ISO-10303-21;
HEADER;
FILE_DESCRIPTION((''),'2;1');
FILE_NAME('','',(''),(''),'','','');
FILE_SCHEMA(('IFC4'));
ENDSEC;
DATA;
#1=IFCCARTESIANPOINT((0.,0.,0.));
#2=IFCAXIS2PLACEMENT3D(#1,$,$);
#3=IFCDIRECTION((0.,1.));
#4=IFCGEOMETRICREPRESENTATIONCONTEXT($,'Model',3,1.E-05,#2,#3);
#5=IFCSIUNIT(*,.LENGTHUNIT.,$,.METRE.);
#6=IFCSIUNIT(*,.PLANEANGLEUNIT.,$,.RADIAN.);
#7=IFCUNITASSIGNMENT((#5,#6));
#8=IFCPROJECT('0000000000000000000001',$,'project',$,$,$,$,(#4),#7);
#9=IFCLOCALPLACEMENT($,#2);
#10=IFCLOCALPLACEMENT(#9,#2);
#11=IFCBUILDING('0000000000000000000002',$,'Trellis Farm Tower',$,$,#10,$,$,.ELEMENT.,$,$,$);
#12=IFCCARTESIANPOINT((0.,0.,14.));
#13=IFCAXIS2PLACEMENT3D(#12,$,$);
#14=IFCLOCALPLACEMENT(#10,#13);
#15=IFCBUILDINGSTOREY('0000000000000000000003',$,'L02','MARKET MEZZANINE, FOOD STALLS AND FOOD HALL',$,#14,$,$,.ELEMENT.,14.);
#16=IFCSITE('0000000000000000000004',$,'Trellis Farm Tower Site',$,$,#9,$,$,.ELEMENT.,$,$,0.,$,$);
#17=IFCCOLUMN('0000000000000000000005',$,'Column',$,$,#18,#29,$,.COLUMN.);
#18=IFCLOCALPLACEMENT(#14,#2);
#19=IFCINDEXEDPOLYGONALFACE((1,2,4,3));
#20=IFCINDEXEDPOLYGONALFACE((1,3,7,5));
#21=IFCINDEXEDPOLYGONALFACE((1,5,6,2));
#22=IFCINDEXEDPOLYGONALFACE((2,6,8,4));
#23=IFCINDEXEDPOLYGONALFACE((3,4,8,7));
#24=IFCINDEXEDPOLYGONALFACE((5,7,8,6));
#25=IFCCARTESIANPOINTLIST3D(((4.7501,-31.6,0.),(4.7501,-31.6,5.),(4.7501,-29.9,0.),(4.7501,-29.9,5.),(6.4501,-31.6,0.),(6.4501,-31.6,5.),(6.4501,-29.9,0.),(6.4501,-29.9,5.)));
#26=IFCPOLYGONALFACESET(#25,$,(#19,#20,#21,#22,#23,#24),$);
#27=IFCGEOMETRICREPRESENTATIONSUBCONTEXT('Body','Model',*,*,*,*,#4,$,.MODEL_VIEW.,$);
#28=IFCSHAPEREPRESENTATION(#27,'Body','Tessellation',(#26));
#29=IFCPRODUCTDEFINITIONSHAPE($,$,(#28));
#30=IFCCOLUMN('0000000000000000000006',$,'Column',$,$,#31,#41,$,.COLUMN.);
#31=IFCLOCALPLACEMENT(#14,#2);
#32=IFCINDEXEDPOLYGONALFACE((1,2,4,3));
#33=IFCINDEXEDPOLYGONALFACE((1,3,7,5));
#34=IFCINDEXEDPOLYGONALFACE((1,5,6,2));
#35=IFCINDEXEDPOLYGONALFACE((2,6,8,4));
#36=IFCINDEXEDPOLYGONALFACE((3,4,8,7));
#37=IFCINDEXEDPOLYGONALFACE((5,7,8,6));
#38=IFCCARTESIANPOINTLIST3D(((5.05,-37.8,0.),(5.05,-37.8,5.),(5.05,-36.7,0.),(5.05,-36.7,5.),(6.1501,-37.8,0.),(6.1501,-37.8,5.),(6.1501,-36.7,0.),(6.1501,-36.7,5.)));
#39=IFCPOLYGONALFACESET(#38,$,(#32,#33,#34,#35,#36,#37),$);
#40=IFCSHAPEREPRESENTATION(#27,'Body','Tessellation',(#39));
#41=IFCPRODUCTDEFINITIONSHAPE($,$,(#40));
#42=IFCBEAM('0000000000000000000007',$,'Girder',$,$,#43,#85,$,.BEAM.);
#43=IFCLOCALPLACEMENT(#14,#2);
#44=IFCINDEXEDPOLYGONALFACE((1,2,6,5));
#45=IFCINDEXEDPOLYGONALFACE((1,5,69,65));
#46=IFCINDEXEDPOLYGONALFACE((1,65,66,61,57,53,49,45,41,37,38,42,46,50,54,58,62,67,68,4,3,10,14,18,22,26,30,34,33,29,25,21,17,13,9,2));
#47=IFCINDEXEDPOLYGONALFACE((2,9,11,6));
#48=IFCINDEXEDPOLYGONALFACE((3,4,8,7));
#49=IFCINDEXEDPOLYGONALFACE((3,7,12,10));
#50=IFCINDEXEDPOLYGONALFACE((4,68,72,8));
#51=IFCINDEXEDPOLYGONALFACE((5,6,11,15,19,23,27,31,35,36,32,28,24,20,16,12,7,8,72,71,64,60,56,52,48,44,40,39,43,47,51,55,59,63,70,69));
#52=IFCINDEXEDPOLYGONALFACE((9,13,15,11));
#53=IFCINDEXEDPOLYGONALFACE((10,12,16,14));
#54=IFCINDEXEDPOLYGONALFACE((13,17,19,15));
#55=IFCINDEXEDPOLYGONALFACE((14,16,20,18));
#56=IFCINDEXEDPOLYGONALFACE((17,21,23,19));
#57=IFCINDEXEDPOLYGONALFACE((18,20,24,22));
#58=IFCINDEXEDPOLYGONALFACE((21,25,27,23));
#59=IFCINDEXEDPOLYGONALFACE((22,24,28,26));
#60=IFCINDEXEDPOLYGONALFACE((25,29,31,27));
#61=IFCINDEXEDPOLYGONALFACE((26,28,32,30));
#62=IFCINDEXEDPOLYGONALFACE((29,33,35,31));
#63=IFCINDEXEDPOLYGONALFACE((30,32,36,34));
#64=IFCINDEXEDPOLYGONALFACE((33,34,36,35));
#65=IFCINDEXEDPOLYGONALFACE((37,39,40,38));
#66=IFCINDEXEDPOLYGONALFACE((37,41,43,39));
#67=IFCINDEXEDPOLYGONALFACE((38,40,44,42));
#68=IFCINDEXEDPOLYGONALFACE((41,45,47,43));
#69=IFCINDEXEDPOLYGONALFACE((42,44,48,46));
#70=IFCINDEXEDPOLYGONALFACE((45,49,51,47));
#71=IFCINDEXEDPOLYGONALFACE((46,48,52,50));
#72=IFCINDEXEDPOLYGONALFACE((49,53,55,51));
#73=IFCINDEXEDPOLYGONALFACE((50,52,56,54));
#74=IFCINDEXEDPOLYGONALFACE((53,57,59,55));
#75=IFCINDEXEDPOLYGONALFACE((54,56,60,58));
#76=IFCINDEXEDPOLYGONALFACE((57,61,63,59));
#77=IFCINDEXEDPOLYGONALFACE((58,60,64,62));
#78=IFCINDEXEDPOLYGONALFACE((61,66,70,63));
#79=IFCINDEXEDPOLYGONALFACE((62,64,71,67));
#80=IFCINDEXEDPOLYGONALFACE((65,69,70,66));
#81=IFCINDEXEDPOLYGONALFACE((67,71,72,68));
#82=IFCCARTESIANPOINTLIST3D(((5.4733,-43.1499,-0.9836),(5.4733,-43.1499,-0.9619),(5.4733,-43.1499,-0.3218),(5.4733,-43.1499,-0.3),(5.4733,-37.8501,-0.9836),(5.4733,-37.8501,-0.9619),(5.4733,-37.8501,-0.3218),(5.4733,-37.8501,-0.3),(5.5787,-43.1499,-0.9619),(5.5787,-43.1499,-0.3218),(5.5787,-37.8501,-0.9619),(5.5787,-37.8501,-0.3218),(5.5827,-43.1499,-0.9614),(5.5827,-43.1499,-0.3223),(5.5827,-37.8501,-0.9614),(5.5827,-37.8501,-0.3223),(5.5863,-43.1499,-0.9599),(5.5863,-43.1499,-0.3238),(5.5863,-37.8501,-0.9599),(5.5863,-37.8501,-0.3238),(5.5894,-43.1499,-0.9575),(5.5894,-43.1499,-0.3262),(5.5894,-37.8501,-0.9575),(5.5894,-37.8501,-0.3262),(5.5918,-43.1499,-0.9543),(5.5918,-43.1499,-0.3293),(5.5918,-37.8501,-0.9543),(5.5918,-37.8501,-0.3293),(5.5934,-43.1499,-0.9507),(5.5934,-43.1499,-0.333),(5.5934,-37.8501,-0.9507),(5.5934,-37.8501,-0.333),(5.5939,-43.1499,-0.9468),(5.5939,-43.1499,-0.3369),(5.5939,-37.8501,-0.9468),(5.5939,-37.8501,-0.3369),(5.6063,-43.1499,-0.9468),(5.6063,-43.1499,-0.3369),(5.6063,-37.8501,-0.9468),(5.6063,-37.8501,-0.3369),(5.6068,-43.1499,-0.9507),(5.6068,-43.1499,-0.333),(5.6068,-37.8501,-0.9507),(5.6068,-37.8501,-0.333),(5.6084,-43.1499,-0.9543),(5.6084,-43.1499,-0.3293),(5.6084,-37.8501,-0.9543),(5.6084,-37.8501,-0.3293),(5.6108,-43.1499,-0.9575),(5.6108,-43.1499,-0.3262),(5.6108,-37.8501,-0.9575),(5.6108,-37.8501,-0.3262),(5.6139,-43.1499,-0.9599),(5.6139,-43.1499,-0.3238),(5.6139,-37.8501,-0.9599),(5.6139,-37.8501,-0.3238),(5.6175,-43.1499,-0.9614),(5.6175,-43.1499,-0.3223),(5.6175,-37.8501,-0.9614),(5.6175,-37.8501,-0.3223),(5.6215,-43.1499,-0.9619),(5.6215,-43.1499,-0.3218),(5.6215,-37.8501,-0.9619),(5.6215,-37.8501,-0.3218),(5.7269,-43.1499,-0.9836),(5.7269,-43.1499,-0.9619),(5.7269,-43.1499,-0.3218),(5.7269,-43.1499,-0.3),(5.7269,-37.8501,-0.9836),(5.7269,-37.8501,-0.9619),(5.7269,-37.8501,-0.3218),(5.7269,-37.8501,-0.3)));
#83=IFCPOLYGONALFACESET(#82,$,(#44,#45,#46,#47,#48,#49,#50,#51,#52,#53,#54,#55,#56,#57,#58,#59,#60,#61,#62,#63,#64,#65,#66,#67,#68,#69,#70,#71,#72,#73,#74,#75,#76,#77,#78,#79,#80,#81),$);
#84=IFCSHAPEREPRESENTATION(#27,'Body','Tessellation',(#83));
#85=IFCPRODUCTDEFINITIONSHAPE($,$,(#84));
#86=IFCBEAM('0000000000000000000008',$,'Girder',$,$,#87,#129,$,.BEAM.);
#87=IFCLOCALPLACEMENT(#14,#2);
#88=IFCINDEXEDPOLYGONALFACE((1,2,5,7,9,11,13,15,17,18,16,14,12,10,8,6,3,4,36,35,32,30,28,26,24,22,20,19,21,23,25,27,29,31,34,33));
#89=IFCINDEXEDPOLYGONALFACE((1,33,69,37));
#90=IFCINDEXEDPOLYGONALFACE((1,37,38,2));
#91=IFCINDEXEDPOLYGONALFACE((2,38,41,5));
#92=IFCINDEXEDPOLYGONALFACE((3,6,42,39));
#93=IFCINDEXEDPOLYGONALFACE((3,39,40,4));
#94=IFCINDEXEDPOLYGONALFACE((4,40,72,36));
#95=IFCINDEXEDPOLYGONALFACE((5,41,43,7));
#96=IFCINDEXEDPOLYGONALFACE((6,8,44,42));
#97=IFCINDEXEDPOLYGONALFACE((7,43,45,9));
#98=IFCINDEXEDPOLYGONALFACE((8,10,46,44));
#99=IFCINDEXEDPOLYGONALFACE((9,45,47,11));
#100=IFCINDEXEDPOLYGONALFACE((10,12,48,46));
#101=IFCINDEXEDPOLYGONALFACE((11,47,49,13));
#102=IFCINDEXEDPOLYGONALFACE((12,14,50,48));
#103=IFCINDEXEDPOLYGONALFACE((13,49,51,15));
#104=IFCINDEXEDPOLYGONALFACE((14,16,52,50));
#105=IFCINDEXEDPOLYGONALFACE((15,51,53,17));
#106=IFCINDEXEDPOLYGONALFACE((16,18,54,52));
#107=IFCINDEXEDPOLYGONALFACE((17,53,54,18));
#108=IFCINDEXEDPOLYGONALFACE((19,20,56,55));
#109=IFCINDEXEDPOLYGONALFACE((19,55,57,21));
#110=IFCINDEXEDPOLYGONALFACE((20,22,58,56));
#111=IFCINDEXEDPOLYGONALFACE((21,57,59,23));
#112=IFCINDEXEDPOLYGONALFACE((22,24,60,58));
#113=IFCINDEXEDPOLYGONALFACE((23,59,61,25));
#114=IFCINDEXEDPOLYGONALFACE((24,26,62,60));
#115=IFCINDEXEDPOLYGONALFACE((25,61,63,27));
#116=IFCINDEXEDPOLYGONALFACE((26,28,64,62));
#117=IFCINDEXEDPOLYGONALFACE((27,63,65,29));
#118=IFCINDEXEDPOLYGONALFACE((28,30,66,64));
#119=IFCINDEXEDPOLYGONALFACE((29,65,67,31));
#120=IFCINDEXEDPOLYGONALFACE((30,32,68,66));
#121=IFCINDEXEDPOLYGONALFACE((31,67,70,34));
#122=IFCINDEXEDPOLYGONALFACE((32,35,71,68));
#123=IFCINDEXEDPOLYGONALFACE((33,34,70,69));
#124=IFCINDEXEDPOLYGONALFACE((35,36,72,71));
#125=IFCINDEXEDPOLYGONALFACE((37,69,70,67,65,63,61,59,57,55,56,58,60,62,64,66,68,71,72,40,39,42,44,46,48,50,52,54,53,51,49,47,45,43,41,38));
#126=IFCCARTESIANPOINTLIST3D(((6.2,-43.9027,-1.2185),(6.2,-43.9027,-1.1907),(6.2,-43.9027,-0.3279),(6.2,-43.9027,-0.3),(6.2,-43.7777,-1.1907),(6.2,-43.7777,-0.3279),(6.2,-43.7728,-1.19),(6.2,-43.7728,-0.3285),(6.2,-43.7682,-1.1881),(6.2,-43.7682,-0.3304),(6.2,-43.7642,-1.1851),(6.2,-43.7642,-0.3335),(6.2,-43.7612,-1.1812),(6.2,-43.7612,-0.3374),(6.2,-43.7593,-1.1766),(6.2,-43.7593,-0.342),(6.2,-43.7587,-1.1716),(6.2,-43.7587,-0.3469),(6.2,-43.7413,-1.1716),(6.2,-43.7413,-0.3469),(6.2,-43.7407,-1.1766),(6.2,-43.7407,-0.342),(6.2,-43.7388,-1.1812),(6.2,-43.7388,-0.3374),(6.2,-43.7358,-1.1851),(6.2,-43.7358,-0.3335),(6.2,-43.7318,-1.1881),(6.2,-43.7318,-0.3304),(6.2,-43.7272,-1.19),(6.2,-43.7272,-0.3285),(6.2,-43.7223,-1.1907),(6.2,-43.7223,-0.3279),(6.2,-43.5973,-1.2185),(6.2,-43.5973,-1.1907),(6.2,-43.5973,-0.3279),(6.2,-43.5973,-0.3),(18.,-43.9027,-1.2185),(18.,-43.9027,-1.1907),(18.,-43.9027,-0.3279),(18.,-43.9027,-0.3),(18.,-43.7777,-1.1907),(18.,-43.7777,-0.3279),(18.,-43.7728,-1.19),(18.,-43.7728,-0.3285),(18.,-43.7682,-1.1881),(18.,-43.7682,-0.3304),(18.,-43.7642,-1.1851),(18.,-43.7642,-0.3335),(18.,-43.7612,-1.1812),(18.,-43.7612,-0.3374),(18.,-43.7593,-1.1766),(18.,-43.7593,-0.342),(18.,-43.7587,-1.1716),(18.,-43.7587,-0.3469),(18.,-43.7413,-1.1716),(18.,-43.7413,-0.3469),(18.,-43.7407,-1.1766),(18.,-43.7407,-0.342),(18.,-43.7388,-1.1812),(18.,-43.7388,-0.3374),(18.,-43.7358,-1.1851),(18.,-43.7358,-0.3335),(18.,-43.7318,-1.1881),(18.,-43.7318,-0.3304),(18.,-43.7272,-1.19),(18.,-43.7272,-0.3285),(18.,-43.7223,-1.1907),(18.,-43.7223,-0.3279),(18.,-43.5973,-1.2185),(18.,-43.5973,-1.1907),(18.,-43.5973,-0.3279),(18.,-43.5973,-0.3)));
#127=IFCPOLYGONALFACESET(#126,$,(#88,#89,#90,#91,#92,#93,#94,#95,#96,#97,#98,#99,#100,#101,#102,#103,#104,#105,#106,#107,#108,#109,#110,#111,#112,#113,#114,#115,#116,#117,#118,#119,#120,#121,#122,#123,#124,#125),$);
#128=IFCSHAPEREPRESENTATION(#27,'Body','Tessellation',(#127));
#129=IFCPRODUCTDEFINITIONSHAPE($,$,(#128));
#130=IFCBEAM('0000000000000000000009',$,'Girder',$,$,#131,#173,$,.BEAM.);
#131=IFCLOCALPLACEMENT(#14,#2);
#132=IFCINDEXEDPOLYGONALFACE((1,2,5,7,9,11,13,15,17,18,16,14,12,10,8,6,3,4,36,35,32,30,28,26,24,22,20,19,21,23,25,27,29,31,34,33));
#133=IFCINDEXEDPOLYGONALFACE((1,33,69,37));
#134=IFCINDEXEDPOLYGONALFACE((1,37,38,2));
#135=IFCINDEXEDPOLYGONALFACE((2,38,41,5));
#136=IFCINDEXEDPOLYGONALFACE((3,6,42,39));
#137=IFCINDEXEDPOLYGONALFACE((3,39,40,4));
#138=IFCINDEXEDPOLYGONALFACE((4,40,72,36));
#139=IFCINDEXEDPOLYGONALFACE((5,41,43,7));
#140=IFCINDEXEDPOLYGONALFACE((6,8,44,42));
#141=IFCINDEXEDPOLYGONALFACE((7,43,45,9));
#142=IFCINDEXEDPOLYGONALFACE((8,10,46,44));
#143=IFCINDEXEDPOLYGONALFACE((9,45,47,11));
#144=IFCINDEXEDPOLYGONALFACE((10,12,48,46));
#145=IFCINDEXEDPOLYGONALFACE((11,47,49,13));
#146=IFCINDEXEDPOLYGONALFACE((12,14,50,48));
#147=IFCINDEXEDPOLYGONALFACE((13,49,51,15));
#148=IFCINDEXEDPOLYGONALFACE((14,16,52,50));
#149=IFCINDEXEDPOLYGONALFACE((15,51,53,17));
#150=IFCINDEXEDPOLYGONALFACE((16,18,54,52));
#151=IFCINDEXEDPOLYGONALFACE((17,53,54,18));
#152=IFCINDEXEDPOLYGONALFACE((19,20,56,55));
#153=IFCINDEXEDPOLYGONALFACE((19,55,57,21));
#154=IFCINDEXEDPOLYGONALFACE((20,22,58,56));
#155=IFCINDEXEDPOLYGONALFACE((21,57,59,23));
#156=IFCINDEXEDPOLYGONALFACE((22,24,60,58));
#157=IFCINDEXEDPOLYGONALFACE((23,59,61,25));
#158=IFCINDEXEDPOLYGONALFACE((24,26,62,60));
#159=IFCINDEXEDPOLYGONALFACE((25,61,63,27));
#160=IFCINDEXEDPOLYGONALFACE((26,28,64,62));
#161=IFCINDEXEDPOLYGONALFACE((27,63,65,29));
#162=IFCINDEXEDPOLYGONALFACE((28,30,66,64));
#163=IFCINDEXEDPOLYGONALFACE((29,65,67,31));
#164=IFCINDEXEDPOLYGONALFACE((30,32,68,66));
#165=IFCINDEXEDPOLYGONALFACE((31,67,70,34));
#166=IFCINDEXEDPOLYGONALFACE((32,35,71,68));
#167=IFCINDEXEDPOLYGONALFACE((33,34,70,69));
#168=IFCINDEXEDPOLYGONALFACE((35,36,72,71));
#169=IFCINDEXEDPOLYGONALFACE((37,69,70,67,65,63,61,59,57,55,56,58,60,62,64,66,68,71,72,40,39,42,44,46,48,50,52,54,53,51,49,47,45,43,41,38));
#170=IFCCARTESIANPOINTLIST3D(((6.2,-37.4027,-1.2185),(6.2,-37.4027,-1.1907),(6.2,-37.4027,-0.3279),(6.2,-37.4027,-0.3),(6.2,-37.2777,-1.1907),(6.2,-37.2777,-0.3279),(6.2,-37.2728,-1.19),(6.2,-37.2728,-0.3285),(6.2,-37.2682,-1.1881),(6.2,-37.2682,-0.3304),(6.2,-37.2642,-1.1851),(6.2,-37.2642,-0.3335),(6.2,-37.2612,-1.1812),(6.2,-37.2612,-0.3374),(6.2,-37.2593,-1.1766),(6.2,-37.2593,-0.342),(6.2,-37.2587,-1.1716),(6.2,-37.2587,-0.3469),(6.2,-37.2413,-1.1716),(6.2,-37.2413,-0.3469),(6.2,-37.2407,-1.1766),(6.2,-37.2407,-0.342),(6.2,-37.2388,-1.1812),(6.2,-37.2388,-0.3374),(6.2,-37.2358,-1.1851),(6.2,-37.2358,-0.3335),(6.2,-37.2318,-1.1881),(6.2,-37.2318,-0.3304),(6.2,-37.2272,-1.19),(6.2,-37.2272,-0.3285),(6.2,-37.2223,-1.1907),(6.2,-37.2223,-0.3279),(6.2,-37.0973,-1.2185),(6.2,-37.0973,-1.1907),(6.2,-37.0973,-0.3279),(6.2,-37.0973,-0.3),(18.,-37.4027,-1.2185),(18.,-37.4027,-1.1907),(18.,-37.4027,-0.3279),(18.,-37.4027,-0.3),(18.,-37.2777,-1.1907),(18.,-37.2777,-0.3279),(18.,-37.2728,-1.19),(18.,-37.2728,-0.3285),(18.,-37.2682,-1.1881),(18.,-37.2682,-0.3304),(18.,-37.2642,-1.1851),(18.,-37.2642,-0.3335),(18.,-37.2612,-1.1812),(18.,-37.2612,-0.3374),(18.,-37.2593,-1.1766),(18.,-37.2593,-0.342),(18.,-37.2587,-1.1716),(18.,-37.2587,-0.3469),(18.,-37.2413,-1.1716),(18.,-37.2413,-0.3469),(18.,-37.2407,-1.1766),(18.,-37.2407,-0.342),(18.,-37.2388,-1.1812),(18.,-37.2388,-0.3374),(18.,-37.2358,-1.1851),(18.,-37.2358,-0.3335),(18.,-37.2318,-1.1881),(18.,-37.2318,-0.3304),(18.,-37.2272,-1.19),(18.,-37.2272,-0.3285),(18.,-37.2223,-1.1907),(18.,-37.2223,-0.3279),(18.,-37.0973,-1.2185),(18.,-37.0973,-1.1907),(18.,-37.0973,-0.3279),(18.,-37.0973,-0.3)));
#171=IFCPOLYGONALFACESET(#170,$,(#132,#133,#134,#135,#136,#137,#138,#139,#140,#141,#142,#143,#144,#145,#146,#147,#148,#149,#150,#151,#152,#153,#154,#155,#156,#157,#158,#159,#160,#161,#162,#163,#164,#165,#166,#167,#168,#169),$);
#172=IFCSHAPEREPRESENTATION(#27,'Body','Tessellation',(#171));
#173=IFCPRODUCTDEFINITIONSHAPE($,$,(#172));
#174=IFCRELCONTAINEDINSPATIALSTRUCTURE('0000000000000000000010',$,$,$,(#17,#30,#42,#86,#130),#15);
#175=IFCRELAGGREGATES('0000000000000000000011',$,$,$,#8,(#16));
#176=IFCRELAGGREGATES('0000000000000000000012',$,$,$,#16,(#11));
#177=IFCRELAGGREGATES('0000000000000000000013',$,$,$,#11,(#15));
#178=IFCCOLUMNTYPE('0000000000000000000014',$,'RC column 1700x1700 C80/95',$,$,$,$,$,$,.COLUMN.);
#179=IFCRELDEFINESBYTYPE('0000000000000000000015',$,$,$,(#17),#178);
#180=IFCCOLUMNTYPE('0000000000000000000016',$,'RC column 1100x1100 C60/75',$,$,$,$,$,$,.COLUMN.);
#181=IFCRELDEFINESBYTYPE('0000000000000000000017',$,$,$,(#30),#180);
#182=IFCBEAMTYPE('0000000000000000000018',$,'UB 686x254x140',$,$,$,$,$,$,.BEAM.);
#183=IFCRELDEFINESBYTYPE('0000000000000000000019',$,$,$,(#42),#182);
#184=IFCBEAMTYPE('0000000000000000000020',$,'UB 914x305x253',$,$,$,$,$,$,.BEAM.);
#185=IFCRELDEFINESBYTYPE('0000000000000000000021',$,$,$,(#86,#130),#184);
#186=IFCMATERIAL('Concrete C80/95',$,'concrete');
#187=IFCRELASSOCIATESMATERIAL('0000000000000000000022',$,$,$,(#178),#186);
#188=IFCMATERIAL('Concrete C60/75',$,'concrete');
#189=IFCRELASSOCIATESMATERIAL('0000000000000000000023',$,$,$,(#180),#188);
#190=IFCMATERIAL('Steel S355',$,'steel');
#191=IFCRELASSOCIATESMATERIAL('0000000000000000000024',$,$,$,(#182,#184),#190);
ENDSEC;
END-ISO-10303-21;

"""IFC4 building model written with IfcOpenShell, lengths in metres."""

from ifc_helpers import new_model, si_unit, direction, frame, origin, origin_2d, place, context, subcontext, project, spatial, rectangle, i_section, extrude, source, transform, mapped, material, material_profile, profile_set, type_object, element, save


model = new_model("IFC4")

# Units and contexts
model_context = context("Model", 3, precision=1e-05, world=origin(), true_north=direction((0.0, 1.0)))
body_context = subcontext(model_context, "Body", "Model", "MODEL_VIEW")
ifc_project = project(units=[si_unit("LENGTHUNIT", "METRE"), si_unit("PLANEANGLEUNIT", "RADIAN")], contexts=[model_context])

# Site, building, storey
site_placement = place(None, origin())
site = spatial("IfcSite", under=ifc_project, at=site_placement, Name="Trellis Farm Tower Site", CompositionType="ELEMENT", RefElevation=0.0)
building_placement = place(site_placement, origin())
building = spatial("IfcBuilding", under=site, at=building_placement, Name="Trellis Farm Tower", CompositionType="ELEMENT")
storey_placement = place(building_placement, frame((0.0, 0.0, 14.0)))
storey = spatial("IfcBuildingStorey", under=building, at=storey_placement, Name="L02", Description="MARKET MEZZANINE, FOOD STALLS AND FOOD HALL", CompositionType="ELEMENT", Elevation=14.0)

# Columns
ifc_material_1 = material(Name="Concrete C80/95", Category="concrete")
ifc_material_profile_1 = material_profile(ifc_material_1, rectangle(XDim=1.7, YDim=1.7, at=origin_2d()), Name="RC column 1700x1700 C80/95")
ifc_profile_set_1 = profile_set([ifc_material_profile_1], Name="Concrete C80/95")
column_type_1 = type_object("IfcColumnType", Name="RC column 1700x1700 C80/95", PredefinedType="COLUMN", material=ifc_profile_set_1)
shared_shape_1 = source(origin(), body_context, "Body", "SweptSolid", [
    extrude(rectangle(XDim=1.7, YDim=1.7, at=origin_2d()), origin(), (0.0, 0.0, 1.0), 5.0),
])
column_1_placement = place(storey_placement, frame((5.6001, -30.75, 0.0), z_axis=(0.0, 0.0, 1.0), x_axis=(1.0, 0.0, 0.0)))
element("IfcColumn", 1, at=column_1_placement, inside=storey, type_object=column_type_1, Name="Column", PredefinedType="COLUMN", context=body_context, shape_type="MappedRepresentation", body=[
    mapped(shared_shape_1, transform((0.0, 0.0, 0.0))),
])
ifc_material_2 = material(Name="Concrete C60/75", Category="concrete")
ifc_material_profile_2 = material_profile(ifc_material_2, rectangle(XDim=1.1001, YDim=1.1001, at=origin_2d()), Name="RC column 1100x1100 C60/75")
ifc_profile_set_2 = profile_set([ifc_material_profile_2], Name="Concrete C60/75")
column_type_2 = type_object("IfcColumnType", Name="RC column 1100x1100 C60/75", PredefinedType="COLUMN", material=ifc_profile_set_2)
shared_shape_2 = source(origin(), body_context, "Body", "SweptSolid", [
    extrude(rectangle(XDim=1.1001, YDim=1.1001, at=origin_2d()), origin(), (0.0, 0.0, 1.0), 5.0),
])
column_2_placement = place(storey_placement, frame((5.6001, -37.25, 0.0), z_axis=(0.0, 0.0, 1.0), x_axis=(1.0, 0.0, 0.0)))
element("IfcColumn", 2, at=column_2_placement, inside=storey, type_object=column_type_2, Name="Column", PredefinedType="COLUMN", context=body_context, shape_type="MappedRepresentation", body=[
    mapped(shared_shape_2, transform((0.0, 0.0, 0.0))),
])

# Beams
ifc_material_3 = material(Name="Steel S355", Category="steel")
ifc_material_profile_3 = material_profile(ifc_material_3, i_section(OverallWidth=0.2537, OverallDepth=0.6836, WebThickness=0.0125, FlangeThickness=0.0217, FilletRadius=0.0151, at=origin_2d()), Name="UB 686x254x140")
ifc_profile_set_3 = profile_set([ifc_material_profile_3], Name="Steel S355")
beam_type_1 = type_object("IfcBeamType", Name="UB 686x254x140", PredefinedType="BEAM", material=ifc_profile_set_3)
shared_shape_3 = source(origin(), body_context, "Body", "SweptSolid", [
    extrude(i_section(OverallWidth=0.2537, OverallDepth=0.6836, WebThickness=0.0125, FlangeThickness=0.0217, FilletRadius=0.0151, at=origin_2d()), origin(), (0.0, 0.0, 1.0), 5.2998),
])
beam_1_placement = place(storey_placement, frame((5.6001, -43.1499, -0.6418), z_axis=(0.0, 1.0, 0.0), x_axis=(-1.0, 0.0, 0.0)))
element("IfcBeam", 3, at=beam_1_placement, inside=storey, type_object=beam_type_1, Name="Girder", PredefinedType="BEAM", context=body_context, shape_type="MappedRepresentation", body=[
    mapped(shared_shape_3, transform((0.0, 0.0, 0.0))),
])
ifc_material_profile_4 = material_profile(ifc_material_3, i_section(OverallWidth=0.3054, OverallDepth=0.9185, WebThickness=0.0173, FlangeThickness=0.0278, FilletRadius=0.019, at=origin_2d()), Name="UB 914x305x253")
ifc_profile_set_4 = profile_set([ifc_material_profile_4], Name="Steel S355")
beam_type_2 = type_object("IfcBeamType", Name="UB 914x305x253", PredefinedType="BEAM", material=ifc_profile_set_4)
shared_shape_4 = source(origin(), body_context, "Body", "SweptSolid", [
    extrude(i_section(OverallWidth=0.3054, OverallDepth=0.9185, WebThickness=0.0173, FlangeThickness=0.0278, FilletRadius=0.019, at=origin_2d()), origin(), (0.0, 0.0, 1.0), 11.8),
])
for number, where, z_axis, x_axis, name in (
    (4, (6.2, -43.75, -0.7593), (1.0, 0.0, 0.0), (0.0, 1.0, 0.0), "Girder"),
    (5, (6.2, -37.25, -0.7593), (1.0, 0.0, 0.0), (0.0, 1.0, 0.0), "Girder"),
):
    element("IfcBeam", number, at=place(storey_placement, frame(where, z_axis=z_axis, x_axis=x_axis)), inside=storey, type_object=beam_type_2, Name=name, PredefinedType="BEAM", context=body_context, shape_type="MappedRepresentation", body=[
        mapped(shared_shape_4, transform((0.0, 0.0, 0.0))),
    ])

save(model, "model.ifc")
